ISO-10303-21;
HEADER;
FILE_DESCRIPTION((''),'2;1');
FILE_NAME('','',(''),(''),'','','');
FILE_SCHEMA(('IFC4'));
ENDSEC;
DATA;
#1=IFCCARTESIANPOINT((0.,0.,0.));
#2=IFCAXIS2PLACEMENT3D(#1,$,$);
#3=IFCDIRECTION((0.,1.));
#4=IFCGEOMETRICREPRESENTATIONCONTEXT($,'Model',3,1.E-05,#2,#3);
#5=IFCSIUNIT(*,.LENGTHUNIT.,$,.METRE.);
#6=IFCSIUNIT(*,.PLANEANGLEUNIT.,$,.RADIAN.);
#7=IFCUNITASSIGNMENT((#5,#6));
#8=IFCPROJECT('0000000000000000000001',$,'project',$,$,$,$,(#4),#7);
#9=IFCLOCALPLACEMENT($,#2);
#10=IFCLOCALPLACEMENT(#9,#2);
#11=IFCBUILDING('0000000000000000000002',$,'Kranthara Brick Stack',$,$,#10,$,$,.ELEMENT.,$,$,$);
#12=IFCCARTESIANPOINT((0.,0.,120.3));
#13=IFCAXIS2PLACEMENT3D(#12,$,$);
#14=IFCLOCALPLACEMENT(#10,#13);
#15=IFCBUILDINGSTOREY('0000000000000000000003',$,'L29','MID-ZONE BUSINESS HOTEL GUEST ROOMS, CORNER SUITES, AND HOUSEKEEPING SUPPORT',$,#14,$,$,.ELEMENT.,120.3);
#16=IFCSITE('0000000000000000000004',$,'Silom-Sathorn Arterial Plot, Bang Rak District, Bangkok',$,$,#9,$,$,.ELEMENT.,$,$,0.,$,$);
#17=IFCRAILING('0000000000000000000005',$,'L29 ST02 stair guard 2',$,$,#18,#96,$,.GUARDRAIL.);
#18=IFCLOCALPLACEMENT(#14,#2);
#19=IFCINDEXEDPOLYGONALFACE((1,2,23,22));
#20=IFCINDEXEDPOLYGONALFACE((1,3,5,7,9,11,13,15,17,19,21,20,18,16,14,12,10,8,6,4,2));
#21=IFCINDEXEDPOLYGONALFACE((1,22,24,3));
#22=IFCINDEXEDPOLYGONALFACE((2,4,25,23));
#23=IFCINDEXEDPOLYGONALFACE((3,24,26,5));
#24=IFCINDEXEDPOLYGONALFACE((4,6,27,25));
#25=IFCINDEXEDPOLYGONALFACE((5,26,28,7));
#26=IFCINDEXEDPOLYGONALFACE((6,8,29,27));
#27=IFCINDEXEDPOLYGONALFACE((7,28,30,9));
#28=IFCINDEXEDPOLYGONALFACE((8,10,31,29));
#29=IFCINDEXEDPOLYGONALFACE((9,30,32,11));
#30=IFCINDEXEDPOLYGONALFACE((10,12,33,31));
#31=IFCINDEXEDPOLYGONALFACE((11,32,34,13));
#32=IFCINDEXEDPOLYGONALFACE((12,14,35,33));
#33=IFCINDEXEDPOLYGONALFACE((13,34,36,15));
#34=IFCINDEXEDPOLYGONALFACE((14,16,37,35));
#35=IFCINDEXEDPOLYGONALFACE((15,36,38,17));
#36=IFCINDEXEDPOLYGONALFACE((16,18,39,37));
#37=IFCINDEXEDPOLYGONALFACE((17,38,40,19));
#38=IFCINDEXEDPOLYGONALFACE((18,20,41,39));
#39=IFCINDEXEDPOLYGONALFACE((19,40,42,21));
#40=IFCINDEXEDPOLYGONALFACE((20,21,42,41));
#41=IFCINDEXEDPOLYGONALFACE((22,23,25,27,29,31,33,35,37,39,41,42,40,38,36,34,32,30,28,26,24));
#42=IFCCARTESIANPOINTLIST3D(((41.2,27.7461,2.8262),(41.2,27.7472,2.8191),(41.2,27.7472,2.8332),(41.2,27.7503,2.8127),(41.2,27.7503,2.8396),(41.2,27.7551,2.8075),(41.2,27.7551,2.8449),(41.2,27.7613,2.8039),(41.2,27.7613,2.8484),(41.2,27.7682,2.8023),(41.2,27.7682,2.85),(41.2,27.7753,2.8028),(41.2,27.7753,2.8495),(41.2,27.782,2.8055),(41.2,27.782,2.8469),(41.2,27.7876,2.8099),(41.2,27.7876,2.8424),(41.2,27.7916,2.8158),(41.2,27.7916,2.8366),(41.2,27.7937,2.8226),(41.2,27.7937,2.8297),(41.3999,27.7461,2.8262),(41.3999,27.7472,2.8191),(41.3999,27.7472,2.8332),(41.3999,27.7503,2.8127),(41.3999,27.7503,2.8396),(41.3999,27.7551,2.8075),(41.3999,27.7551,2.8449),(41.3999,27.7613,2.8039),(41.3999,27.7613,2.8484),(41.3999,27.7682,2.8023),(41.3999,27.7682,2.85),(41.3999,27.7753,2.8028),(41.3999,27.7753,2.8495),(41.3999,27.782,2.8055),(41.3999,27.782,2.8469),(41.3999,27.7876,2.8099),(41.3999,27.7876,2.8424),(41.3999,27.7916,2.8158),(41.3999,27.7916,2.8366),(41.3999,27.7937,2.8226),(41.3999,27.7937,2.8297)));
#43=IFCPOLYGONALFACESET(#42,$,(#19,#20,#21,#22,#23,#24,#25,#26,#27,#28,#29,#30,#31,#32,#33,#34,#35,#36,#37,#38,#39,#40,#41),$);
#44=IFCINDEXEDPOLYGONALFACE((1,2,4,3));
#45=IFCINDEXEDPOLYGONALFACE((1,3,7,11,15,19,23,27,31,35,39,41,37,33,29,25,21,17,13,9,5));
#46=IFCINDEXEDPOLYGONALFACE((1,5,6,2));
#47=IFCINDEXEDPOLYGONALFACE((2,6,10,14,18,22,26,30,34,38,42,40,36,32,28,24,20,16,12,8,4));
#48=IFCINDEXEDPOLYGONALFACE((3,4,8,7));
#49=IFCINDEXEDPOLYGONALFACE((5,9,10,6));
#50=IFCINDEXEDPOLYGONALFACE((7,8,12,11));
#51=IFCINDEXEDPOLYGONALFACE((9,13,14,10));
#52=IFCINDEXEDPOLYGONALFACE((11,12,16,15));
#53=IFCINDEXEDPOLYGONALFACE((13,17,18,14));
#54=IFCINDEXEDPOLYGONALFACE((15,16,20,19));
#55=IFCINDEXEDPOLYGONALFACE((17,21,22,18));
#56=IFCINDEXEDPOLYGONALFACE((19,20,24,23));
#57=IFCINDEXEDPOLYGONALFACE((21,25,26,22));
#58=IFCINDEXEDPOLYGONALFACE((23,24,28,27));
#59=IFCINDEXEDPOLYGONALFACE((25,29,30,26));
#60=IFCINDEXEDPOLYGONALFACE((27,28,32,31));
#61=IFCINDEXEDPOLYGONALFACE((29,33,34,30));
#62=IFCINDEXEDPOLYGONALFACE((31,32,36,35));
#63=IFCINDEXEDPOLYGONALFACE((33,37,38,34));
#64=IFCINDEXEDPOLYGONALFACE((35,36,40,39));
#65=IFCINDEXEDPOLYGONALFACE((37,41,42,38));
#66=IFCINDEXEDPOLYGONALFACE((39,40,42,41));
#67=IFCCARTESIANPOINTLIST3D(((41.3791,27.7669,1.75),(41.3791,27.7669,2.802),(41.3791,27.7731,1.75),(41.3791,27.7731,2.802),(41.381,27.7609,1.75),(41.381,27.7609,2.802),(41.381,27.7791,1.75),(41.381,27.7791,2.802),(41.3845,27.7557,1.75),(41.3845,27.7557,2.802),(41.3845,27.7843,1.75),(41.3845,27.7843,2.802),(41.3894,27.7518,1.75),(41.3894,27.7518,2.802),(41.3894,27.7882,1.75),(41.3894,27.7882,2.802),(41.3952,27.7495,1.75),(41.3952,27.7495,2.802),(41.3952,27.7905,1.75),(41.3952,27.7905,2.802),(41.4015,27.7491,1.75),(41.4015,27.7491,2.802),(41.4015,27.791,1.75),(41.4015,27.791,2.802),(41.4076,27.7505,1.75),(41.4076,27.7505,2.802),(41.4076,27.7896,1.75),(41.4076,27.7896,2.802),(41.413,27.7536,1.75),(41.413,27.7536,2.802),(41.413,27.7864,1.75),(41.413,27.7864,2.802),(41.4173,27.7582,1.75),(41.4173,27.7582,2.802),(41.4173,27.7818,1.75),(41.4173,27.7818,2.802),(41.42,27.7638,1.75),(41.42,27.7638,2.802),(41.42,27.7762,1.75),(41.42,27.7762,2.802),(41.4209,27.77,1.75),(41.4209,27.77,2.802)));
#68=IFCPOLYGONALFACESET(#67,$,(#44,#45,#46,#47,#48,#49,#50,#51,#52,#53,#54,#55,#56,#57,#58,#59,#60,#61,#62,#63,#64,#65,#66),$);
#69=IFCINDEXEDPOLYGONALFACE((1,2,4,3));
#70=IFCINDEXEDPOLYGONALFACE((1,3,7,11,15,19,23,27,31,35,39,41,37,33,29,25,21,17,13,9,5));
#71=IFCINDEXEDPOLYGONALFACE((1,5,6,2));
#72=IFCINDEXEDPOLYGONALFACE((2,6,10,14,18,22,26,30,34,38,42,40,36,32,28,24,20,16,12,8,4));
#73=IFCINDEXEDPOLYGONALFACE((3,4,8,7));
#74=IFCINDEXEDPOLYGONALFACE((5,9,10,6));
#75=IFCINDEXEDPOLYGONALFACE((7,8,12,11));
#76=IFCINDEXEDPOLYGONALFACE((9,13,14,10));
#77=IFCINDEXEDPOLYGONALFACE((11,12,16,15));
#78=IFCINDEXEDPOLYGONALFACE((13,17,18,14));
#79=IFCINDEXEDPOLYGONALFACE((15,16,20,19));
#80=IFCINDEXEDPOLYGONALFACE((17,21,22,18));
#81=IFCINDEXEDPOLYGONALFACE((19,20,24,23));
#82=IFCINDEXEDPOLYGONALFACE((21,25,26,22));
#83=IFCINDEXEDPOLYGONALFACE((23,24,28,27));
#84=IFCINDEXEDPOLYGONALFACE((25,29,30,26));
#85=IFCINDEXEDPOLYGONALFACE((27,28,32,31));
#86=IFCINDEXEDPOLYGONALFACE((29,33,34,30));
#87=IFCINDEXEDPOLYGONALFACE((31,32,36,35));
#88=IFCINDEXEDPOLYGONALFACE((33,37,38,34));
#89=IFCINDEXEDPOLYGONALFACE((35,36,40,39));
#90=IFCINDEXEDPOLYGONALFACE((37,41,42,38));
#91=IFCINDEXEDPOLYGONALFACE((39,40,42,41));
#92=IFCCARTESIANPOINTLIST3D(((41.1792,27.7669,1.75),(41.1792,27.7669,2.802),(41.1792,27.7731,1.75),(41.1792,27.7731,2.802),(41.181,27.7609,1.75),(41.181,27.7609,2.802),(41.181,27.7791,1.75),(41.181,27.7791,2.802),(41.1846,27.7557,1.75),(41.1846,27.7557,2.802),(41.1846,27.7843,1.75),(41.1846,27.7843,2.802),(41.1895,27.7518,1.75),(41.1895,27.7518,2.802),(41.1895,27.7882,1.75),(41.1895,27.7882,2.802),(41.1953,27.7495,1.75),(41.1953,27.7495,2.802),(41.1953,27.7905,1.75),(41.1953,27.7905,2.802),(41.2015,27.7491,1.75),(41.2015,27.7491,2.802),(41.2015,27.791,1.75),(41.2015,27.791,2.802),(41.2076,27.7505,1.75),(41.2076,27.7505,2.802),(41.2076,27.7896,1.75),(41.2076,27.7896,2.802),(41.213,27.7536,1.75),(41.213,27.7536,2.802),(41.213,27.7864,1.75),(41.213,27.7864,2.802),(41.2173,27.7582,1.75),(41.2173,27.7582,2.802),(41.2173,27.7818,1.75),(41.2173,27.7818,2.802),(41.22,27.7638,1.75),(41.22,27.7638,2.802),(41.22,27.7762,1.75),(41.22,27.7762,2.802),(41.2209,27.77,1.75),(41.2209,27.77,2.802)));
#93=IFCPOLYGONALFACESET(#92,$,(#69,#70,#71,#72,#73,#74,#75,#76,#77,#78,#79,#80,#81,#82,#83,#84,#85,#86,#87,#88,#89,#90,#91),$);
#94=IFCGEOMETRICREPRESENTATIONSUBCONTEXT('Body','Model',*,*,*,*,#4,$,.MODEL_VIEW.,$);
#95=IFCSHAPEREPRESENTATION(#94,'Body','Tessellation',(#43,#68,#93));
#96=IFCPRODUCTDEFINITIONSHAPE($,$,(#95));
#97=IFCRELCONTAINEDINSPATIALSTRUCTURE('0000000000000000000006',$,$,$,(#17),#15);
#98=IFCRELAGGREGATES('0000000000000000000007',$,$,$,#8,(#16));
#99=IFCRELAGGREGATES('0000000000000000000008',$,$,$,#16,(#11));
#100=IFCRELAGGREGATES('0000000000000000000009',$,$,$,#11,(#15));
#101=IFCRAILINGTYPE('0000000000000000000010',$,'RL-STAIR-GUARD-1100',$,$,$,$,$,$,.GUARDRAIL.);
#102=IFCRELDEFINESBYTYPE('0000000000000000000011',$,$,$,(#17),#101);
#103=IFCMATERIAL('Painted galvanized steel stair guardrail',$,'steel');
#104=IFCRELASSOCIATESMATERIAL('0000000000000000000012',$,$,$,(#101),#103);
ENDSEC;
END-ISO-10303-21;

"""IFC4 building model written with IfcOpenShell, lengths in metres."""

from ifc_helpers import new_model, si_unit, direction, frame, origin, origin_2d, place, context, subcontext, project, spatial, circle, extrude, material, type_object, element, save


model = new_model("IFC4")

# Units and contexts
model_context = context("Model", 3, precision=1e-05, world=origin(), true_north=direction((0.0, 1.0)))
body_context = subcontext(model_context, "Body", "Model", "MODEL_VIEW")
ifc_project = project(units=[si_unit("LENGTHUNIT", "METRE"), si_unit("PLANEANGLEUNIT", "RADIAN")], contexts=[model_context])

# Site, building, storey
site_placement = place(None, origin())
site = spatial("IfcSite", under=ifc_project, at=site_placement, Name="Silom-Sathorn Arterial Plot, Bang Rak District, Bangkok", CompositionType="ELEMENT", RefElevation=0.0)
building_placement = place(site_placement, origin())
building = spatial("IfcBuilding", under=site, at=building_placement, Name="Kranthara Brick Stack", CompositionType="ELEMENT")
storey_placement = place(building_placement, frame((0.0, 0.0, 120.3)))
storey = spatial("IfcBuildingStorey", under=building, at=storey_placement, Name="L29", Description="MID-ZONE BUSINESS HOTEL GUEST ROOMS, CORNER SUITES, AND HOUSEKEEPING SUPPORT", CompositionType="ELEMENT", Elevation=120.3)

# Railing
ifc_material_1 = material(Name="Painted galvanized steel stair guardrail", Category="steel")
railing_type_1 = type_object("IfcRailingType", Name="RL-STAIR-GUARD-1100", PredefinedType="GUARDRAIL", material=ifc_material_1)
railing_1_placement = place(storey_placement, frame((41.3999, 27.77, 1.75)))
element("IfcRailing", 1, at=railing_1_placement, inside=storey, type_object=railing_type_1, Name="L29 ST02 stair guard 2", PredefinedType="GUARDRAIL", context=body_context, shape_type="SweptSolid", body=[
    extrude(circle(Radius=0.0239, at=origin_2d()), frame((0.0, 0.0, 1.0762), z_axis=(-1.0, 0.0, 0.0), x_axis=(0.0, -1.0, 0.0)), (0.0, 0.0, 1.0), 0.2),
    extrude(circle(Radius=0.021, at=origin_2d()), origin(), (0.0, 0.0, 1.0), 1.052),
    extrude(circle(Radius=0.021, at=origin_2d()), frame((-0.2, 0.0, 0.0)), (0.0, 0.0, 1.0), 1.052),
])

save(model, "model.ifc")
